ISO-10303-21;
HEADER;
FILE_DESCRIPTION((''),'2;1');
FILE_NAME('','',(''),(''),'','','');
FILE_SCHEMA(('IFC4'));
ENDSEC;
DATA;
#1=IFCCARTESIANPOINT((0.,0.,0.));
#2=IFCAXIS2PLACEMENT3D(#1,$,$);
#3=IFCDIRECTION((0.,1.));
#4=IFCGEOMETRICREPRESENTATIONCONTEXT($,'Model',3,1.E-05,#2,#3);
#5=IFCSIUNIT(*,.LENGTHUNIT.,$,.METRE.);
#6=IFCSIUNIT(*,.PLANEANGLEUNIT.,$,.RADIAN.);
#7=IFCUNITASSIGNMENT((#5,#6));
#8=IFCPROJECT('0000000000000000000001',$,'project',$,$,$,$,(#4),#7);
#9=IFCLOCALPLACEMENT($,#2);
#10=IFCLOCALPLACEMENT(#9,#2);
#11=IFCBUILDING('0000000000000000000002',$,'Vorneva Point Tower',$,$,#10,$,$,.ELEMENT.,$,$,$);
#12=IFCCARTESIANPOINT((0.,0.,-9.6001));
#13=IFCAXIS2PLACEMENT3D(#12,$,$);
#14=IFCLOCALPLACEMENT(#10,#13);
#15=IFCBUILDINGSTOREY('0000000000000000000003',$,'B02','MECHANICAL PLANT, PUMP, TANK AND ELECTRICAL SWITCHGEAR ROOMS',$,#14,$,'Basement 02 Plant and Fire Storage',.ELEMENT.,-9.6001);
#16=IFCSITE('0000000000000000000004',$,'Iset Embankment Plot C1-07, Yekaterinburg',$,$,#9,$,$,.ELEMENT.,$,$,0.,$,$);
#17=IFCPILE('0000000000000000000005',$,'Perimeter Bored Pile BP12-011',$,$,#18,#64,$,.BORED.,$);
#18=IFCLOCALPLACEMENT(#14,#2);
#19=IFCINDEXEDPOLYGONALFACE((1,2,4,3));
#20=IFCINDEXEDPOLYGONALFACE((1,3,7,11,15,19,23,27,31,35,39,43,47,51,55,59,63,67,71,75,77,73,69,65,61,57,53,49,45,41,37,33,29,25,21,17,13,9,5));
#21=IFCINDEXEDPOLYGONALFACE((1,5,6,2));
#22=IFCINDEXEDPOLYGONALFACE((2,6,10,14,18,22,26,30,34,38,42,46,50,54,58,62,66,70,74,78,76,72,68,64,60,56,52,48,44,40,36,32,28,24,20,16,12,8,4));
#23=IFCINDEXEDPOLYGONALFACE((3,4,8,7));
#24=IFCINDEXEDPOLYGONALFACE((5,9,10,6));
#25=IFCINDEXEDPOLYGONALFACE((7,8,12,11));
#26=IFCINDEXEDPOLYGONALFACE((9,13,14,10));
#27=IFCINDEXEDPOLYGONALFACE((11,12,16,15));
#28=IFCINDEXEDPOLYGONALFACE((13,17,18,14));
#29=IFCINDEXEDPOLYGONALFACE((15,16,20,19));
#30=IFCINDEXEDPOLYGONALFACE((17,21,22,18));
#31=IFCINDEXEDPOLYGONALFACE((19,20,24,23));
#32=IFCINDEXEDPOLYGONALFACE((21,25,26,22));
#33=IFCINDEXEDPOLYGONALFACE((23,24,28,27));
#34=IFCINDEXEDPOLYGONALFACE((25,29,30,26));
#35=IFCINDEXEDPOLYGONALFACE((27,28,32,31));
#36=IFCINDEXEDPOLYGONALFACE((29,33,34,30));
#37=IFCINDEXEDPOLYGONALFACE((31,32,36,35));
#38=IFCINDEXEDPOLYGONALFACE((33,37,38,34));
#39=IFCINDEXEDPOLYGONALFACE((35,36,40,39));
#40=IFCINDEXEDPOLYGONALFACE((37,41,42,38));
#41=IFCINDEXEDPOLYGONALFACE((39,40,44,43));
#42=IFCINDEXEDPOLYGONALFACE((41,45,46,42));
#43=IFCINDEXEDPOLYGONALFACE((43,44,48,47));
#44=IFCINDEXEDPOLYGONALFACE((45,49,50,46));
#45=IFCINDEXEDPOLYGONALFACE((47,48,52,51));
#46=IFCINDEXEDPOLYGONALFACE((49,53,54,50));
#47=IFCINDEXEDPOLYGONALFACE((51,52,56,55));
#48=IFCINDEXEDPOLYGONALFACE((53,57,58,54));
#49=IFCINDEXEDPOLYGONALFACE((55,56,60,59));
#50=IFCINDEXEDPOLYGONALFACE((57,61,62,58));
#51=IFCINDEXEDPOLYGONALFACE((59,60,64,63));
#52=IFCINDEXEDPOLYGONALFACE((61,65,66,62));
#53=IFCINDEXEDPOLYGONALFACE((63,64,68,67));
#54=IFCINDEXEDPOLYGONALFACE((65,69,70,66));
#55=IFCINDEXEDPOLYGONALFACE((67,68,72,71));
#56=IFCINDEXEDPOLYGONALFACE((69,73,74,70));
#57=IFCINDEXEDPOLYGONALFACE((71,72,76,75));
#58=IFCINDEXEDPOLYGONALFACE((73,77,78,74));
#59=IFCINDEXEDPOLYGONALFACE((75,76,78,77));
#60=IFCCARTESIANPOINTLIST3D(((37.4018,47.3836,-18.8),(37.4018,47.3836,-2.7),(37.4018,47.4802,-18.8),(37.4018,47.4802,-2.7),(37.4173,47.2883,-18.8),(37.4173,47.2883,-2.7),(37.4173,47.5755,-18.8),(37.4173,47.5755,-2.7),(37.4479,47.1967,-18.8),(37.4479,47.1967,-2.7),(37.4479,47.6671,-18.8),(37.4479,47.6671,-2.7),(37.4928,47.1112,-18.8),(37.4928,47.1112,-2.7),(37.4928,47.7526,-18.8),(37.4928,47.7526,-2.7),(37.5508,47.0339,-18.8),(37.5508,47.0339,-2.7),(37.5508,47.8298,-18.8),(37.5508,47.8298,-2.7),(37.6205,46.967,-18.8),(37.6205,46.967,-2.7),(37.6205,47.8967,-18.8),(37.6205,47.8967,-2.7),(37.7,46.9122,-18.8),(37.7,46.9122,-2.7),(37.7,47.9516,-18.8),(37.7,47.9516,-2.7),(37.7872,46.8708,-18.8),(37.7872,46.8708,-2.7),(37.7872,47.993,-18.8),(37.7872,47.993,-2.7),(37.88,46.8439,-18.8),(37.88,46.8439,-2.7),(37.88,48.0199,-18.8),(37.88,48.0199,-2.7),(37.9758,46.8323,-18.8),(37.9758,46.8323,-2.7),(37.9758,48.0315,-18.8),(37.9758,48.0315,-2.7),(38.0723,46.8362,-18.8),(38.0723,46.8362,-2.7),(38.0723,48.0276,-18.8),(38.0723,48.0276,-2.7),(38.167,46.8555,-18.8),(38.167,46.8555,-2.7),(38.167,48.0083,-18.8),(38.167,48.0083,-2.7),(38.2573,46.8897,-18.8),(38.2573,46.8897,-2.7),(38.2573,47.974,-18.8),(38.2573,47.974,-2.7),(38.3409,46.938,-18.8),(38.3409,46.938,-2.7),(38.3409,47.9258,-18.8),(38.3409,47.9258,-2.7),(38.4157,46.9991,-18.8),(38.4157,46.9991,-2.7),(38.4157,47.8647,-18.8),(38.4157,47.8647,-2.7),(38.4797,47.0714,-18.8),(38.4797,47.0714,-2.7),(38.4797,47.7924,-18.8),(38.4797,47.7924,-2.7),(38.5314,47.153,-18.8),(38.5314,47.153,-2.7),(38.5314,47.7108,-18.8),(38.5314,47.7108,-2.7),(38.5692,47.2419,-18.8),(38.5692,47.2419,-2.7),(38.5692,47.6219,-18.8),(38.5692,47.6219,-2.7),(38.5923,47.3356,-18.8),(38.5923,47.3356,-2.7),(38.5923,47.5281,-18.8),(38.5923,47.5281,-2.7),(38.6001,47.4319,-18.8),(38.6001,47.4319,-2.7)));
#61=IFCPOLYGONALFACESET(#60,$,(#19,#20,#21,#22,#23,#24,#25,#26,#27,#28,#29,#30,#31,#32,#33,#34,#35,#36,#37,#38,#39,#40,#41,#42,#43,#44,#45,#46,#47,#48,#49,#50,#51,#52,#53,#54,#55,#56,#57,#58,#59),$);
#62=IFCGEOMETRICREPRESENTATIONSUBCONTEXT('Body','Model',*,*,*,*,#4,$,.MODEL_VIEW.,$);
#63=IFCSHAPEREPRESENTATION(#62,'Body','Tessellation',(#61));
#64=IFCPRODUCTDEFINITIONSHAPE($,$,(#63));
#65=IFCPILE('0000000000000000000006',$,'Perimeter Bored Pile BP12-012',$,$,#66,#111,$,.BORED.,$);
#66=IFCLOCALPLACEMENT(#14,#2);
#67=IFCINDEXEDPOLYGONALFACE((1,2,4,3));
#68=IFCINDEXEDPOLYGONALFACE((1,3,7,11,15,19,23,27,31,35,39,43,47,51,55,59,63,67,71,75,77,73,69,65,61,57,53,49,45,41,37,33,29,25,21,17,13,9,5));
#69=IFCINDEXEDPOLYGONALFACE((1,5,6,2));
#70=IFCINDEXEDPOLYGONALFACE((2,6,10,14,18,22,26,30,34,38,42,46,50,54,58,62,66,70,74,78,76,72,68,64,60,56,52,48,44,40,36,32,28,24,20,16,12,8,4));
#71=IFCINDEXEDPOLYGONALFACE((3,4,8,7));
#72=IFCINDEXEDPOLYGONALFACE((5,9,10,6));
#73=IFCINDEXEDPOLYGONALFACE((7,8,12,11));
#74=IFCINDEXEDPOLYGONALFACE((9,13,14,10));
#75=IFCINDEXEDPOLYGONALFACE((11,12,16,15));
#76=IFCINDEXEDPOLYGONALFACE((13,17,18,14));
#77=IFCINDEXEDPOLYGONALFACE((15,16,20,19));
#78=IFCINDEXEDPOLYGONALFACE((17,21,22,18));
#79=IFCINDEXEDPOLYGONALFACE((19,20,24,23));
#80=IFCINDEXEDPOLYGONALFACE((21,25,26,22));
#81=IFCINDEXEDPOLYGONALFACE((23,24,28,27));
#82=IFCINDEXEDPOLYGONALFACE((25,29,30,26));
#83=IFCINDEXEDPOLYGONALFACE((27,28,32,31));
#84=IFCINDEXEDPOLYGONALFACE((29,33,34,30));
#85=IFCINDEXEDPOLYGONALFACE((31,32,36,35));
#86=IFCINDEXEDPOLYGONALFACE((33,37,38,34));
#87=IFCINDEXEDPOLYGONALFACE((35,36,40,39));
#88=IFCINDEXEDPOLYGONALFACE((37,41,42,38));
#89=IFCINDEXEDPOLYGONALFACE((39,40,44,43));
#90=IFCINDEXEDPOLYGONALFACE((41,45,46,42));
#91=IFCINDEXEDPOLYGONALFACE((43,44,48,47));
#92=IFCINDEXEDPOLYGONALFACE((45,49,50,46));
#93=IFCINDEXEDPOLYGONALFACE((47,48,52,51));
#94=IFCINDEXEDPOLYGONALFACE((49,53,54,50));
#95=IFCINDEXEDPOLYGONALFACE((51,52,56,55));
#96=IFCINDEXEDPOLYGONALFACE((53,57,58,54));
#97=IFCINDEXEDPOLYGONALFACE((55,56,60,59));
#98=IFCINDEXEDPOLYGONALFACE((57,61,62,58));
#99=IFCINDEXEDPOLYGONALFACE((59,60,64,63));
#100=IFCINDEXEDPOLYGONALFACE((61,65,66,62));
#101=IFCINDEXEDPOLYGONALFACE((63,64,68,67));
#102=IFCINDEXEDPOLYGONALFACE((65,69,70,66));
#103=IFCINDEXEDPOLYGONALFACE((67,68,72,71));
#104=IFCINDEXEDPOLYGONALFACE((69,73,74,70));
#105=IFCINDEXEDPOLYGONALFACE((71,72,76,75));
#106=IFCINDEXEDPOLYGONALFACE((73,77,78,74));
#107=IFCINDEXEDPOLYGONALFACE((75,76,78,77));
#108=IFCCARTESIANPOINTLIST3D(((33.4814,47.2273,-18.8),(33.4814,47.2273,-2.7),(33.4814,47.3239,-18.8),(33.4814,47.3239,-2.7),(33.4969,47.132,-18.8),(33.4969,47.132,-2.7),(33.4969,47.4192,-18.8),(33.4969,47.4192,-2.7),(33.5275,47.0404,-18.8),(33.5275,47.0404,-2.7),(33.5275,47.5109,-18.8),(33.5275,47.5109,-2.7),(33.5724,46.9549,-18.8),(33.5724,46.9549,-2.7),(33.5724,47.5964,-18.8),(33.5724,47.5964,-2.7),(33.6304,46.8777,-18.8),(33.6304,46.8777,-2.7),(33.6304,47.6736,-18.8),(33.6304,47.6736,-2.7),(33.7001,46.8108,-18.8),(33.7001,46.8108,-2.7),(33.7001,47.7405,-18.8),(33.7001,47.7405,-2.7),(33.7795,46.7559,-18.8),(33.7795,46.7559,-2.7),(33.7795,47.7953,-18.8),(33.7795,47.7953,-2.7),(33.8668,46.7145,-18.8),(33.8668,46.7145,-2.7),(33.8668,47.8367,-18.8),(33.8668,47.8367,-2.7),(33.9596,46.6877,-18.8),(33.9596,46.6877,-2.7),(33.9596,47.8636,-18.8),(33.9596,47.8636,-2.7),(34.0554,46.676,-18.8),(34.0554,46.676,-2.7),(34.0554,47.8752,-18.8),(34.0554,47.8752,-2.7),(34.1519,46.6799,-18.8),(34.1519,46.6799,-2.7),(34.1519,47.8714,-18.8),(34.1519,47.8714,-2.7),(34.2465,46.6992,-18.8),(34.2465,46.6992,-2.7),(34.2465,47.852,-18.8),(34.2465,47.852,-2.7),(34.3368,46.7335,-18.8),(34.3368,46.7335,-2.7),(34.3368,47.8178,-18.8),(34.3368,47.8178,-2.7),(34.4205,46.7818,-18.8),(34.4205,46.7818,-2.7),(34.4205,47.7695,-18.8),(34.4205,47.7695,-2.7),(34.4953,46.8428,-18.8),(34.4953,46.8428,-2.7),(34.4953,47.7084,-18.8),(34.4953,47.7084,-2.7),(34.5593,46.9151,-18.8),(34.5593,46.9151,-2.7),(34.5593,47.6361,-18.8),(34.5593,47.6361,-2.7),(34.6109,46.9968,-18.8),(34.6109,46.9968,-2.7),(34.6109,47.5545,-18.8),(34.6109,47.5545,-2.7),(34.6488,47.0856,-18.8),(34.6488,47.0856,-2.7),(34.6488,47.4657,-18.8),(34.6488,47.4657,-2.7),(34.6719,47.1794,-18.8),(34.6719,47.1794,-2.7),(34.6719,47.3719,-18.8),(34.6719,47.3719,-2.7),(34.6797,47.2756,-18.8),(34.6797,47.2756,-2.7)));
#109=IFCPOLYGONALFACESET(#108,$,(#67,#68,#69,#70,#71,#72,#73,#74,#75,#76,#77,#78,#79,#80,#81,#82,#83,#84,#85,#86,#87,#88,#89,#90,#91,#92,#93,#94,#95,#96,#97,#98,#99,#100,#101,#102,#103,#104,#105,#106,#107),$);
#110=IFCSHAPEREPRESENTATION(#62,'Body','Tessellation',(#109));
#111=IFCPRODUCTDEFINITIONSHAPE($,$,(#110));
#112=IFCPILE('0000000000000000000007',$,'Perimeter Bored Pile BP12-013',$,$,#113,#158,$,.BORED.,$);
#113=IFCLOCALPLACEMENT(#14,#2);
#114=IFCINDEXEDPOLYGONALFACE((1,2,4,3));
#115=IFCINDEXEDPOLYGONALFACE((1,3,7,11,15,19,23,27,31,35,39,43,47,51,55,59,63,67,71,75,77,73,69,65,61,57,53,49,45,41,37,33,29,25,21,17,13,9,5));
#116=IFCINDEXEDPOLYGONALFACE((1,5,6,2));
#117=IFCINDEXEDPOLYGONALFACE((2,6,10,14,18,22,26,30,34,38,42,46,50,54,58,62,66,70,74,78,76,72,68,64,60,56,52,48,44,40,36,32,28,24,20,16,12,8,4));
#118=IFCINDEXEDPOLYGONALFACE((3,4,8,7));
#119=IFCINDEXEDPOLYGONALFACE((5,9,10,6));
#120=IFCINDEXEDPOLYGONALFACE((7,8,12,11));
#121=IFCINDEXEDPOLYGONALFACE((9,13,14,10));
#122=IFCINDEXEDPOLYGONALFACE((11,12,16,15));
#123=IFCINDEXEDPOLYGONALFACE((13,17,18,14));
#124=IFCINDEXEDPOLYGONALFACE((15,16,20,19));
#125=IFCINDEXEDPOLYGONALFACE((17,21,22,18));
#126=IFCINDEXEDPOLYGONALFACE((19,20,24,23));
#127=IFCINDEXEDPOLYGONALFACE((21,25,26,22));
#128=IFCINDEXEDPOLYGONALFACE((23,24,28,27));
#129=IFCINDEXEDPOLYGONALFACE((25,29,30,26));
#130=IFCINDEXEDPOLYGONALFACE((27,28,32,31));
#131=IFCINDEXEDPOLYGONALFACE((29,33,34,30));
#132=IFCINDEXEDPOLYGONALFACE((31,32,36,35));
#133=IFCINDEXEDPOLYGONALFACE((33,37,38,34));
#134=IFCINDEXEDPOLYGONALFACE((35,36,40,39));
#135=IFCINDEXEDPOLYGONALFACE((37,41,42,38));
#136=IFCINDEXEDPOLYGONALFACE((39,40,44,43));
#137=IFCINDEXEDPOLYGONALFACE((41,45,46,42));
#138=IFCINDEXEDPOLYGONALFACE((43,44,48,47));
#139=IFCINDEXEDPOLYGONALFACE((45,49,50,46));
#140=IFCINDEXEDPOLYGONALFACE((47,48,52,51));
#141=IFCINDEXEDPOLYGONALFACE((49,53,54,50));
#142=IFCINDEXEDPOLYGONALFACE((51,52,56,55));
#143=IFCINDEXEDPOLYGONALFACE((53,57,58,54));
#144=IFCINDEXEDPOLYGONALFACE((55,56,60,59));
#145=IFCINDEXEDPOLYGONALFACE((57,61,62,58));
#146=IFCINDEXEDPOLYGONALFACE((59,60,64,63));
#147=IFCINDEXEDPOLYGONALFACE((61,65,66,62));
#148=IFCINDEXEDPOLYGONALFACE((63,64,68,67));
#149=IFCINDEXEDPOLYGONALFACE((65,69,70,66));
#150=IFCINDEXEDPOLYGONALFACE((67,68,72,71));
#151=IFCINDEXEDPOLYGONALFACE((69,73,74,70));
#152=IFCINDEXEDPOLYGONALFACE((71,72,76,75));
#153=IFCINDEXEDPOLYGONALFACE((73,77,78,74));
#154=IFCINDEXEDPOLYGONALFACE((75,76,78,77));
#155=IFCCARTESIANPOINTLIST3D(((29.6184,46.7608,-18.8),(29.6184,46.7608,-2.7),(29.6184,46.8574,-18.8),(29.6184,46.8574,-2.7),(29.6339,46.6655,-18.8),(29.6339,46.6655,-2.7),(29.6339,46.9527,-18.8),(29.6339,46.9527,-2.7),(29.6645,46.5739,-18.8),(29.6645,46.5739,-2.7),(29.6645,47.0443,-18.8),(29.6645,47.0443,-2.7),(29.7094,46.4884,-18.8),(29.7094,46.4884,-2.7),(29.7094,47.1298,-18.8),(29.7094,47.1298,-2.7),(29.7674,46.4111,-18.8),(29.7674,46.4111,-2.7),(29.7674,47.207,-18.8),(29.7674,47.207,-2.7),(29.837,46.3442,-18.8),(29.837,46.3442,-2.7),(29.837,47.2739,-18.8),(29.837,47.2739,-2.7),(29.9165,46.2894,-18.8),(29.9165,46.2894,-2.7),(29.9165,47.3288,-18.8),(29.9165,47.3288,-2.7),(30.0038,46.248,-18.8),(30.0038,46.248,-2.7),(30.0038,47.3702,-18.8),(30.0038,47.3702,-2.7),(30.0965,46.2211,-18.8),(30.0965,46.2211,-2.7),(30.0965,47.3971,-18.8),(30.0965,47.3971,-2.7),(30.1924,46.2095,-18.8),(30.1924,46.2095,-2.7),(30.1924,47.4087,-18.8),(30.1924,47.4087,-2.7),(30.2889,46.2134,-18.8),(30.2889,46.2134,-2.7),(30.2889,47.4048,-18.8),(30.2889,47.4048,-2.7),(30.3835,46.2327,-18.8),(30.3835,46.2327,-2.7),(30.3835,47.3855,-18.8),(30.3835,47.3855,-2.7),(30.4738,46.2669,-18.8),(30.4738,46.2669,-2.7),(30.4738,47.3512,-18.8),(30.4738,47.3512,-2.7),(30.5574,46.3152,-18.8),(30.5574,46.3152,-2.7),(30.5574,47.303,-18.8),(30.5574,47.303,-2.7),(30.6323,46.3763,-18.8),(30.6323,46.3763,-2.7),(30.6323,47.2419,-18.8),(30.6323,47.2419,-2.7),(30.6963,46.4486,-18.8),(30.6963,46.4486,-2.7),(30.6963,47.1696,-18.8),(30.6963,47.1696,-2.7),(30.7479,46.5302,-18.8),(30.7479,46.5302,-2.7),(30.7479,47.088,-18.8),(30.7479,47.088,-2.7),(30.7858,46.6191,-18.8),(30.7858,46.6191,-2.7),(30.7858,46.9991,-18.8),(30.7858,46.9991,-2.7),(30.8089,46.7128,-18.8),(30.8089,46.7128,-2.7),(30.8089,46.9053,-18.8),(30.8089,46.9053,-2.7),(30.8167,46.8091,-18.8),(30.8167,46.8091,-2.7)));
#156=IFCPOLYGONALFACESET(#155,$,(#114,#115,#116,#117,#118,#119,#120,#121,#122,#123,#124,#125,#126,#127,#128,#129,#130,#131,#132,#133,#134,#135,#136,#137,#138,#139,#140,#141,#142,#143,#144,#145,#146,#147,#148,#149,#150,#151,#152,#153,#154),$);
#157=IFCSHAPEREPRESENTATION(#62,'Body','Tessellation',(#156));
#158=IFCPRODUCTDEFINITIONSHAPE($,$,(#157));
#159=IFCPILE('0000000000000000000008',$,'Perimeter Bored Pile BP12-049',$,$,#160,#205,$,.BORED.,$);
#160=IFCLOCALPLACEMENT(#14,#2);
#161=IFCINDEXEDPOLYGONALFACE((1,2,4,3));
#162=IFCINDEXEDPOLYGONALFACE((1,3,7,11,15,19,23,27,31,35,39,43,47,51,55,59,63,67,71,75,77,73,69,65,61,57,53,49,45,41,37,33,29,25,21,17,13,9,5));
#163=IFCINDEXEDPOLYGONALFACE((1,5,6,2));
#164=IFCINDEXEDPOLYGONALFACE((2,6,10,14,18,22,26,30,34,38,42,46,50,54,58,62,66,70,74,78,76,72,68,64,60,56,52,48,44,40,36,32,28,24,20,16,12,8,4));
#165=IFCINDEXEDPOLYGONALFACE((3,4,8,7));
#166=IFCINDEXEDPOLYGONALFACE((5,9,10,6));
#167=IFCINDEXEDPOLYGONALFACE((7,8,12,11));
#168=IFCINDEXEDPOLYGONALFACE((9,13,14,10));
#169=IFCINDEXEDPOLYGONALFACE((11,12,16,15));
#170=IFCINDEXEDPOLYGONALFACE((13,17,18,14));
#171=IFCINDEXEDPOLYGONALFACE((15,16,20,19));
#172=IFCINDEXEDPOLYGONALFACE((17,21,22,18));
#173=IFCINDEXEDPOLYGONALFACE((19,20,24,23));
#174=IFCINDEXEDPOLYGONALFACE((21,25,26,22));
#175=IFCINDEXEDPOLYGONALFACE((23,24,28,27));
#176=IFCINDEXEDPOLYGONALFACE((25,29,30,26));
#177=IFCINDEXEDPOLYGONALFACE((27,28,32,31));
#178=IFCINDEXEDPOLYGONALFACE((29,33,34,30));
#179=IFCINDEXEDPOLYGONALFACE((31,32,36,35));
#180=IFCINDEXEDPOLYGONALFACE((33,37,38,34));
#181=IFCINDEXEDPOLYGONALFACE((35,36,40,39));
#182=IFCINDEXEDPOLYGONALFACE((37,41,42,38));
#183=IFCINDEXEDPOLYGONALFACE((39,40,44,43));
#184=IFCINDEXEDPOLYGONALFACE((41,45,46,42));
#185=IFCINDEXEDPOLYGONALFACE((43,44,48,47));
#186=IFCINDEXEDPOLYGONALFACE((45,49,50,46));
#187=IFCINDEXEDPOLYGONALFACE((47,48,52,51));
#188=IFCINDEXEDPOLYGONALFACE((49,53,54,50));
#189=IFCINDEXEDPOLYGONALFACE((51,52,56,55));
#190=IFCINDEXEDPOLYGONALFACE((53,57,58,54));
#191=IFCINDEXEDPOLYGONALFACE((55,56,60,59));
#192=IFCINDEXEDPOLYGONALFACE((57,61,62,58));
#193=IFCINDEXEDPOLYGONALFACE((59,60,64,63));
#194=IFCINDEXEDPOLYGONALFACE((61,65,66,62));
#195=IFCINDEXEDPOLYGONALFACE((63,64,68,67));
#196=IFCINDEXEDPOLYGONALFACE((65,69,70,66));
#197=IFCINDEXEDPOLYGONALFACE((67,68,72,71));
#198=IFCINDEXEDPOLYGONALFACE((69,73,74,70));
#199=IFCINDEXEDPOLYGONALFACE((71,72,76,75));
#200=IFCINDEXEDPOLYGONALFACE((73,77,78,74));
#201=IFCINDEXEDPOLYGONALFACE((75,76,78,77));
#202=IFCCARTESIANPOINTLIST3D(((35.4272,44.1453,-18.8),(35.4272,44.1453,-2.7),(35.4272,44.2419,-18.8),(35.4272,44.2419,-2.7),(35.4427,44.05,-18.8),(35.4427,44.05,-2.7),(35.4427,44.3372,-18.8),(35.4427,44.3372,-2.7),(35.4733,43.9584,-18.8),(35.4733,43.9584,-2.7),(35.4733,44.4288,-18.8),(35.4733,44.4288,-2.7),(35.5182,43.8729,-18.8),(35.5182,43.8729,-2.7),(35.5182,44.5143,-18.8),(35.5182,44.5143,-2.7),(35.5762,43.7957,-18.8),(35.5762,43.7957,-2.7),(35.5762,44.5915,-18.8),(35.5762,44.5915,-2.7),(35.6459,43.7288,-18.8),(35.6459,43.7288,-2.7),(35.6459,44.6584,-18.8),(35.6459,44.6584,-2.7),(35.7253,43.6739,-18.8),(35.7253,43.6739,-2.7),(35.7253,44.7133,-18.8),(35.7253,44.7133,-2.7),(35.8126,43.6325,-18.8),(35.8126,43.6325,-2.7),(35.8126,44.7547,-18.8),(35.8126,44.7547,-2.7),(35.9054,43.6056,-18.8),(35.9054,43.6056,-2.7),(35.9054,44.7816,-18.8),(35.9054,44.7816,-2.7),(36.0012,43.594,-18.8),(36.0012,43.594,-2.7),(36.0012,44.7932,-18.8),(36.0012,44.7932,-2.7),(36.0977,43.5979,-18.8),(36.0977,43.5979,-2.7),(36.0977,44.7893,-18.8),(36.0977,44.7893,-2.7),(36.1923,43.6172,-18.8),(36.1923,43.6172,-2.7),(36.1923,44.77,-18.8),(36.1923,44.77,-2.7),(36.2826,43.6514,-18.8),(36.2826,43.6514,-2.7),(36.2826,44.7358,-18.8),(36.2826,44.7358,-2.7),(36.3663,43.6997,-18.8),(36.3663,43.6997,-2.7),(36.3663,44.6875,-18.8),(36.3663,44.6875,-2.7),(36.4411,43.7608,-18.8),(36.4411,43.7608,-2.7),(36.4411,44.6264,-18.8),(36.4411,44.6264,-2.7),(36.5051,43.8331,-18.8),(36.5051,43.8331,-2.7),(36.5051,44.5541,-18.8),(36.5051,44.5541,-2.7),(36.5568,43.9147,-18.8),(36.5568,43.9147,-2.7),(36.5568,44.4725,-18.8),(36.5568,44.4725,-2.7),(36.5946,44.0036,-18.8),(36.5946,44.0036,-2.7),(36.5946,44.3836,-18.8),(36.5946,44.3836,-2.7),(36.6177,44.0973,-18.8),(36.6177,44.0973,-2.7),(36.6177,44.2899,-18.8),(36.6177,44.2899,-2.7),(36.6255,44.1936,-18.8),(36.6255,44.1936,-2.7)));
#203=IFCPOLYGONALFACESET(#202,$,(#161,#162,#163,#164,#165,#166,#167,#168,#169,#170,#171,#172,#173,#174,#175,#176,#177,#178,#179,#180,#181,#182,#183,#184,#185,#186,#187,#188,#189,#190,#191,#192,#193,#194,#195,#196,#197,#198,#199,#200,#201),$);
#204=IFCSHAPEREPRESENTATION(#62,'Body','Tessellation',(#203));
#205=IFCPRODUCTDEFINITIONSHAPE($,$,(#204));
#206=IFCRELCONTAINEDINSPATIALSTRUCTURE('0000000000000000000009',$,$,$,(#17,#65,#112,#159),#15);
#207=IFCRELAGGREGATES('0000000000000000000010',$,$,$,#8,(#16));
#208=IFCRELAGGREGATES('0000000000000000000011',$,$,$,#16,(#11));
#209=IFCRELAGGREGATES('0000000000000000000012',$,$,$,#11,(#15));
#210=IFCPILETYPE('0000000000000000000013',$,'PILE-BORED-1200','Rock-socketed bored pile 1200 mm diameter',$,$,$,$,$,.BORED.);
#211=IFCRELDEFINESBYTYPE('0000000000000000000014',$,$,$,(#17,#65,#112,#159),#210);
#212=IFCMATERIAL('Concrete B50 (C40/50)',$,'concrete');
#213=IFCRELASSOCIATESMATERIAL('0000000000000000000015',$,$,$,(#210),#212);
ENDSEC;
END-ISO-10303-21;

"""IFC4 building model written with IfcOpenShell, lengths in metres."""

from ifc_helpers import new_model, si_unit, direction, frame, origin, origin_2d, place, context, subcontext, project, spatial, circle, extrude, material, material_profile, profile_set, type_object, element, save


model = new_model("IFC4")

# Units and contexts
model_context = context("Model", 3, precision=1e-05, world=origin(), true_north=direction((0.0, 1.0)))
body_context = subcontext(model_context, "Body", "Model", "MODEL_VIEW")
ifc_project = project(units=[si_unit("LENGTHUNIT", "METRE"), si_unit("PLANEANGLEUNIT", "RADIAN")], contexts=[model_context])

# Site, building, storey
site_placement = place(None, origin())
site = spatial("IfcSite", under=ifc_project, at=site_placement, Name="Iset Embankment Plot C1-07, Yekaterinburg", CompositionType="ELEMENT", RefElevation=0.0)
building_placement = place(site_placement, origin())
building = spatial("IfcBuilding", under=site, at=building_placement, Name="Vorneva Point Tower", CompositionType="ELEMENT")
storey_placement = place(building_placement, frame((0.0, 0.0, -9.6001)))
storey = spatial("IfcBuildingStorey", under=building, at=storey_placement, Name="B02", Description="MECHANICAL PLANT, PUMP, TANK AND ELECTRICAL SWITCHGEAR ROOMS", LongName="Basement 02 Plant and Fire Storage", CompositionType="ELEMENT", Elevation=-9.6001)

# Piles
ifc_material_1 = material(Name="Concrete B50 (C40/50)", Category="concrete")
ifc_material_profile_1 = material_profile(ifc_material_1, circle(Radius=0.6001, at=origin_2d()), Name="PILE-1200")
ifc_profile_set_1 = profile_set([ifc_material_profile_1], Name="Concrete B50 (C40/50)")
pile_type_1 = type_object("IfcPileType", Name="PILE-BORED-1200", Description="Rock-socketed bored pile 1200 mm diameter", PredefinedType="BORED", material=ifc_profile_set_1)
for number, where, z_axis, x_axis, name in (
    (1, (38.0, 47.4319, -2.7), (0.0, 0.0, -1.0), (1.0, 0.0, 0.0), "Perimeter Bored Pile BP12-011"),
    (2, (34.0796, 47.2756, -2.7), (0.0, 0.0, -1.0), (1.0, 0.0, 0.0), "Perimeter Bored Pile BP12-012"),
    (3, (30.2166, 46.8091, -2.7), (0.0, 0.0, -1.0), (1.0, 0.0, 0.0), "Perimeter Bored Pile BP12-013"),
    (4, (36.0254, 44.1936, -2.7), (0.0, 0.0, -1.0), (1.0, 0.0, 0.0), "Perimeter Bored Pile BP12-049"),
):
    element("IfcPile", number, at=place(storey_placement, frame(where, z_axis=z_axis, x_axis=x_axis)), inside=storey, type_object=pile_type_1, Name=name, PredefinedType="BORED", context=body_context, shape_type="SweptSolid", body=[
        extrude(circle(Radius=0.6001, at=origin_2d()), origin(), (0.0, 0.0, 1.0), 16.1001),
    ])

save(model, "model.ifc")
